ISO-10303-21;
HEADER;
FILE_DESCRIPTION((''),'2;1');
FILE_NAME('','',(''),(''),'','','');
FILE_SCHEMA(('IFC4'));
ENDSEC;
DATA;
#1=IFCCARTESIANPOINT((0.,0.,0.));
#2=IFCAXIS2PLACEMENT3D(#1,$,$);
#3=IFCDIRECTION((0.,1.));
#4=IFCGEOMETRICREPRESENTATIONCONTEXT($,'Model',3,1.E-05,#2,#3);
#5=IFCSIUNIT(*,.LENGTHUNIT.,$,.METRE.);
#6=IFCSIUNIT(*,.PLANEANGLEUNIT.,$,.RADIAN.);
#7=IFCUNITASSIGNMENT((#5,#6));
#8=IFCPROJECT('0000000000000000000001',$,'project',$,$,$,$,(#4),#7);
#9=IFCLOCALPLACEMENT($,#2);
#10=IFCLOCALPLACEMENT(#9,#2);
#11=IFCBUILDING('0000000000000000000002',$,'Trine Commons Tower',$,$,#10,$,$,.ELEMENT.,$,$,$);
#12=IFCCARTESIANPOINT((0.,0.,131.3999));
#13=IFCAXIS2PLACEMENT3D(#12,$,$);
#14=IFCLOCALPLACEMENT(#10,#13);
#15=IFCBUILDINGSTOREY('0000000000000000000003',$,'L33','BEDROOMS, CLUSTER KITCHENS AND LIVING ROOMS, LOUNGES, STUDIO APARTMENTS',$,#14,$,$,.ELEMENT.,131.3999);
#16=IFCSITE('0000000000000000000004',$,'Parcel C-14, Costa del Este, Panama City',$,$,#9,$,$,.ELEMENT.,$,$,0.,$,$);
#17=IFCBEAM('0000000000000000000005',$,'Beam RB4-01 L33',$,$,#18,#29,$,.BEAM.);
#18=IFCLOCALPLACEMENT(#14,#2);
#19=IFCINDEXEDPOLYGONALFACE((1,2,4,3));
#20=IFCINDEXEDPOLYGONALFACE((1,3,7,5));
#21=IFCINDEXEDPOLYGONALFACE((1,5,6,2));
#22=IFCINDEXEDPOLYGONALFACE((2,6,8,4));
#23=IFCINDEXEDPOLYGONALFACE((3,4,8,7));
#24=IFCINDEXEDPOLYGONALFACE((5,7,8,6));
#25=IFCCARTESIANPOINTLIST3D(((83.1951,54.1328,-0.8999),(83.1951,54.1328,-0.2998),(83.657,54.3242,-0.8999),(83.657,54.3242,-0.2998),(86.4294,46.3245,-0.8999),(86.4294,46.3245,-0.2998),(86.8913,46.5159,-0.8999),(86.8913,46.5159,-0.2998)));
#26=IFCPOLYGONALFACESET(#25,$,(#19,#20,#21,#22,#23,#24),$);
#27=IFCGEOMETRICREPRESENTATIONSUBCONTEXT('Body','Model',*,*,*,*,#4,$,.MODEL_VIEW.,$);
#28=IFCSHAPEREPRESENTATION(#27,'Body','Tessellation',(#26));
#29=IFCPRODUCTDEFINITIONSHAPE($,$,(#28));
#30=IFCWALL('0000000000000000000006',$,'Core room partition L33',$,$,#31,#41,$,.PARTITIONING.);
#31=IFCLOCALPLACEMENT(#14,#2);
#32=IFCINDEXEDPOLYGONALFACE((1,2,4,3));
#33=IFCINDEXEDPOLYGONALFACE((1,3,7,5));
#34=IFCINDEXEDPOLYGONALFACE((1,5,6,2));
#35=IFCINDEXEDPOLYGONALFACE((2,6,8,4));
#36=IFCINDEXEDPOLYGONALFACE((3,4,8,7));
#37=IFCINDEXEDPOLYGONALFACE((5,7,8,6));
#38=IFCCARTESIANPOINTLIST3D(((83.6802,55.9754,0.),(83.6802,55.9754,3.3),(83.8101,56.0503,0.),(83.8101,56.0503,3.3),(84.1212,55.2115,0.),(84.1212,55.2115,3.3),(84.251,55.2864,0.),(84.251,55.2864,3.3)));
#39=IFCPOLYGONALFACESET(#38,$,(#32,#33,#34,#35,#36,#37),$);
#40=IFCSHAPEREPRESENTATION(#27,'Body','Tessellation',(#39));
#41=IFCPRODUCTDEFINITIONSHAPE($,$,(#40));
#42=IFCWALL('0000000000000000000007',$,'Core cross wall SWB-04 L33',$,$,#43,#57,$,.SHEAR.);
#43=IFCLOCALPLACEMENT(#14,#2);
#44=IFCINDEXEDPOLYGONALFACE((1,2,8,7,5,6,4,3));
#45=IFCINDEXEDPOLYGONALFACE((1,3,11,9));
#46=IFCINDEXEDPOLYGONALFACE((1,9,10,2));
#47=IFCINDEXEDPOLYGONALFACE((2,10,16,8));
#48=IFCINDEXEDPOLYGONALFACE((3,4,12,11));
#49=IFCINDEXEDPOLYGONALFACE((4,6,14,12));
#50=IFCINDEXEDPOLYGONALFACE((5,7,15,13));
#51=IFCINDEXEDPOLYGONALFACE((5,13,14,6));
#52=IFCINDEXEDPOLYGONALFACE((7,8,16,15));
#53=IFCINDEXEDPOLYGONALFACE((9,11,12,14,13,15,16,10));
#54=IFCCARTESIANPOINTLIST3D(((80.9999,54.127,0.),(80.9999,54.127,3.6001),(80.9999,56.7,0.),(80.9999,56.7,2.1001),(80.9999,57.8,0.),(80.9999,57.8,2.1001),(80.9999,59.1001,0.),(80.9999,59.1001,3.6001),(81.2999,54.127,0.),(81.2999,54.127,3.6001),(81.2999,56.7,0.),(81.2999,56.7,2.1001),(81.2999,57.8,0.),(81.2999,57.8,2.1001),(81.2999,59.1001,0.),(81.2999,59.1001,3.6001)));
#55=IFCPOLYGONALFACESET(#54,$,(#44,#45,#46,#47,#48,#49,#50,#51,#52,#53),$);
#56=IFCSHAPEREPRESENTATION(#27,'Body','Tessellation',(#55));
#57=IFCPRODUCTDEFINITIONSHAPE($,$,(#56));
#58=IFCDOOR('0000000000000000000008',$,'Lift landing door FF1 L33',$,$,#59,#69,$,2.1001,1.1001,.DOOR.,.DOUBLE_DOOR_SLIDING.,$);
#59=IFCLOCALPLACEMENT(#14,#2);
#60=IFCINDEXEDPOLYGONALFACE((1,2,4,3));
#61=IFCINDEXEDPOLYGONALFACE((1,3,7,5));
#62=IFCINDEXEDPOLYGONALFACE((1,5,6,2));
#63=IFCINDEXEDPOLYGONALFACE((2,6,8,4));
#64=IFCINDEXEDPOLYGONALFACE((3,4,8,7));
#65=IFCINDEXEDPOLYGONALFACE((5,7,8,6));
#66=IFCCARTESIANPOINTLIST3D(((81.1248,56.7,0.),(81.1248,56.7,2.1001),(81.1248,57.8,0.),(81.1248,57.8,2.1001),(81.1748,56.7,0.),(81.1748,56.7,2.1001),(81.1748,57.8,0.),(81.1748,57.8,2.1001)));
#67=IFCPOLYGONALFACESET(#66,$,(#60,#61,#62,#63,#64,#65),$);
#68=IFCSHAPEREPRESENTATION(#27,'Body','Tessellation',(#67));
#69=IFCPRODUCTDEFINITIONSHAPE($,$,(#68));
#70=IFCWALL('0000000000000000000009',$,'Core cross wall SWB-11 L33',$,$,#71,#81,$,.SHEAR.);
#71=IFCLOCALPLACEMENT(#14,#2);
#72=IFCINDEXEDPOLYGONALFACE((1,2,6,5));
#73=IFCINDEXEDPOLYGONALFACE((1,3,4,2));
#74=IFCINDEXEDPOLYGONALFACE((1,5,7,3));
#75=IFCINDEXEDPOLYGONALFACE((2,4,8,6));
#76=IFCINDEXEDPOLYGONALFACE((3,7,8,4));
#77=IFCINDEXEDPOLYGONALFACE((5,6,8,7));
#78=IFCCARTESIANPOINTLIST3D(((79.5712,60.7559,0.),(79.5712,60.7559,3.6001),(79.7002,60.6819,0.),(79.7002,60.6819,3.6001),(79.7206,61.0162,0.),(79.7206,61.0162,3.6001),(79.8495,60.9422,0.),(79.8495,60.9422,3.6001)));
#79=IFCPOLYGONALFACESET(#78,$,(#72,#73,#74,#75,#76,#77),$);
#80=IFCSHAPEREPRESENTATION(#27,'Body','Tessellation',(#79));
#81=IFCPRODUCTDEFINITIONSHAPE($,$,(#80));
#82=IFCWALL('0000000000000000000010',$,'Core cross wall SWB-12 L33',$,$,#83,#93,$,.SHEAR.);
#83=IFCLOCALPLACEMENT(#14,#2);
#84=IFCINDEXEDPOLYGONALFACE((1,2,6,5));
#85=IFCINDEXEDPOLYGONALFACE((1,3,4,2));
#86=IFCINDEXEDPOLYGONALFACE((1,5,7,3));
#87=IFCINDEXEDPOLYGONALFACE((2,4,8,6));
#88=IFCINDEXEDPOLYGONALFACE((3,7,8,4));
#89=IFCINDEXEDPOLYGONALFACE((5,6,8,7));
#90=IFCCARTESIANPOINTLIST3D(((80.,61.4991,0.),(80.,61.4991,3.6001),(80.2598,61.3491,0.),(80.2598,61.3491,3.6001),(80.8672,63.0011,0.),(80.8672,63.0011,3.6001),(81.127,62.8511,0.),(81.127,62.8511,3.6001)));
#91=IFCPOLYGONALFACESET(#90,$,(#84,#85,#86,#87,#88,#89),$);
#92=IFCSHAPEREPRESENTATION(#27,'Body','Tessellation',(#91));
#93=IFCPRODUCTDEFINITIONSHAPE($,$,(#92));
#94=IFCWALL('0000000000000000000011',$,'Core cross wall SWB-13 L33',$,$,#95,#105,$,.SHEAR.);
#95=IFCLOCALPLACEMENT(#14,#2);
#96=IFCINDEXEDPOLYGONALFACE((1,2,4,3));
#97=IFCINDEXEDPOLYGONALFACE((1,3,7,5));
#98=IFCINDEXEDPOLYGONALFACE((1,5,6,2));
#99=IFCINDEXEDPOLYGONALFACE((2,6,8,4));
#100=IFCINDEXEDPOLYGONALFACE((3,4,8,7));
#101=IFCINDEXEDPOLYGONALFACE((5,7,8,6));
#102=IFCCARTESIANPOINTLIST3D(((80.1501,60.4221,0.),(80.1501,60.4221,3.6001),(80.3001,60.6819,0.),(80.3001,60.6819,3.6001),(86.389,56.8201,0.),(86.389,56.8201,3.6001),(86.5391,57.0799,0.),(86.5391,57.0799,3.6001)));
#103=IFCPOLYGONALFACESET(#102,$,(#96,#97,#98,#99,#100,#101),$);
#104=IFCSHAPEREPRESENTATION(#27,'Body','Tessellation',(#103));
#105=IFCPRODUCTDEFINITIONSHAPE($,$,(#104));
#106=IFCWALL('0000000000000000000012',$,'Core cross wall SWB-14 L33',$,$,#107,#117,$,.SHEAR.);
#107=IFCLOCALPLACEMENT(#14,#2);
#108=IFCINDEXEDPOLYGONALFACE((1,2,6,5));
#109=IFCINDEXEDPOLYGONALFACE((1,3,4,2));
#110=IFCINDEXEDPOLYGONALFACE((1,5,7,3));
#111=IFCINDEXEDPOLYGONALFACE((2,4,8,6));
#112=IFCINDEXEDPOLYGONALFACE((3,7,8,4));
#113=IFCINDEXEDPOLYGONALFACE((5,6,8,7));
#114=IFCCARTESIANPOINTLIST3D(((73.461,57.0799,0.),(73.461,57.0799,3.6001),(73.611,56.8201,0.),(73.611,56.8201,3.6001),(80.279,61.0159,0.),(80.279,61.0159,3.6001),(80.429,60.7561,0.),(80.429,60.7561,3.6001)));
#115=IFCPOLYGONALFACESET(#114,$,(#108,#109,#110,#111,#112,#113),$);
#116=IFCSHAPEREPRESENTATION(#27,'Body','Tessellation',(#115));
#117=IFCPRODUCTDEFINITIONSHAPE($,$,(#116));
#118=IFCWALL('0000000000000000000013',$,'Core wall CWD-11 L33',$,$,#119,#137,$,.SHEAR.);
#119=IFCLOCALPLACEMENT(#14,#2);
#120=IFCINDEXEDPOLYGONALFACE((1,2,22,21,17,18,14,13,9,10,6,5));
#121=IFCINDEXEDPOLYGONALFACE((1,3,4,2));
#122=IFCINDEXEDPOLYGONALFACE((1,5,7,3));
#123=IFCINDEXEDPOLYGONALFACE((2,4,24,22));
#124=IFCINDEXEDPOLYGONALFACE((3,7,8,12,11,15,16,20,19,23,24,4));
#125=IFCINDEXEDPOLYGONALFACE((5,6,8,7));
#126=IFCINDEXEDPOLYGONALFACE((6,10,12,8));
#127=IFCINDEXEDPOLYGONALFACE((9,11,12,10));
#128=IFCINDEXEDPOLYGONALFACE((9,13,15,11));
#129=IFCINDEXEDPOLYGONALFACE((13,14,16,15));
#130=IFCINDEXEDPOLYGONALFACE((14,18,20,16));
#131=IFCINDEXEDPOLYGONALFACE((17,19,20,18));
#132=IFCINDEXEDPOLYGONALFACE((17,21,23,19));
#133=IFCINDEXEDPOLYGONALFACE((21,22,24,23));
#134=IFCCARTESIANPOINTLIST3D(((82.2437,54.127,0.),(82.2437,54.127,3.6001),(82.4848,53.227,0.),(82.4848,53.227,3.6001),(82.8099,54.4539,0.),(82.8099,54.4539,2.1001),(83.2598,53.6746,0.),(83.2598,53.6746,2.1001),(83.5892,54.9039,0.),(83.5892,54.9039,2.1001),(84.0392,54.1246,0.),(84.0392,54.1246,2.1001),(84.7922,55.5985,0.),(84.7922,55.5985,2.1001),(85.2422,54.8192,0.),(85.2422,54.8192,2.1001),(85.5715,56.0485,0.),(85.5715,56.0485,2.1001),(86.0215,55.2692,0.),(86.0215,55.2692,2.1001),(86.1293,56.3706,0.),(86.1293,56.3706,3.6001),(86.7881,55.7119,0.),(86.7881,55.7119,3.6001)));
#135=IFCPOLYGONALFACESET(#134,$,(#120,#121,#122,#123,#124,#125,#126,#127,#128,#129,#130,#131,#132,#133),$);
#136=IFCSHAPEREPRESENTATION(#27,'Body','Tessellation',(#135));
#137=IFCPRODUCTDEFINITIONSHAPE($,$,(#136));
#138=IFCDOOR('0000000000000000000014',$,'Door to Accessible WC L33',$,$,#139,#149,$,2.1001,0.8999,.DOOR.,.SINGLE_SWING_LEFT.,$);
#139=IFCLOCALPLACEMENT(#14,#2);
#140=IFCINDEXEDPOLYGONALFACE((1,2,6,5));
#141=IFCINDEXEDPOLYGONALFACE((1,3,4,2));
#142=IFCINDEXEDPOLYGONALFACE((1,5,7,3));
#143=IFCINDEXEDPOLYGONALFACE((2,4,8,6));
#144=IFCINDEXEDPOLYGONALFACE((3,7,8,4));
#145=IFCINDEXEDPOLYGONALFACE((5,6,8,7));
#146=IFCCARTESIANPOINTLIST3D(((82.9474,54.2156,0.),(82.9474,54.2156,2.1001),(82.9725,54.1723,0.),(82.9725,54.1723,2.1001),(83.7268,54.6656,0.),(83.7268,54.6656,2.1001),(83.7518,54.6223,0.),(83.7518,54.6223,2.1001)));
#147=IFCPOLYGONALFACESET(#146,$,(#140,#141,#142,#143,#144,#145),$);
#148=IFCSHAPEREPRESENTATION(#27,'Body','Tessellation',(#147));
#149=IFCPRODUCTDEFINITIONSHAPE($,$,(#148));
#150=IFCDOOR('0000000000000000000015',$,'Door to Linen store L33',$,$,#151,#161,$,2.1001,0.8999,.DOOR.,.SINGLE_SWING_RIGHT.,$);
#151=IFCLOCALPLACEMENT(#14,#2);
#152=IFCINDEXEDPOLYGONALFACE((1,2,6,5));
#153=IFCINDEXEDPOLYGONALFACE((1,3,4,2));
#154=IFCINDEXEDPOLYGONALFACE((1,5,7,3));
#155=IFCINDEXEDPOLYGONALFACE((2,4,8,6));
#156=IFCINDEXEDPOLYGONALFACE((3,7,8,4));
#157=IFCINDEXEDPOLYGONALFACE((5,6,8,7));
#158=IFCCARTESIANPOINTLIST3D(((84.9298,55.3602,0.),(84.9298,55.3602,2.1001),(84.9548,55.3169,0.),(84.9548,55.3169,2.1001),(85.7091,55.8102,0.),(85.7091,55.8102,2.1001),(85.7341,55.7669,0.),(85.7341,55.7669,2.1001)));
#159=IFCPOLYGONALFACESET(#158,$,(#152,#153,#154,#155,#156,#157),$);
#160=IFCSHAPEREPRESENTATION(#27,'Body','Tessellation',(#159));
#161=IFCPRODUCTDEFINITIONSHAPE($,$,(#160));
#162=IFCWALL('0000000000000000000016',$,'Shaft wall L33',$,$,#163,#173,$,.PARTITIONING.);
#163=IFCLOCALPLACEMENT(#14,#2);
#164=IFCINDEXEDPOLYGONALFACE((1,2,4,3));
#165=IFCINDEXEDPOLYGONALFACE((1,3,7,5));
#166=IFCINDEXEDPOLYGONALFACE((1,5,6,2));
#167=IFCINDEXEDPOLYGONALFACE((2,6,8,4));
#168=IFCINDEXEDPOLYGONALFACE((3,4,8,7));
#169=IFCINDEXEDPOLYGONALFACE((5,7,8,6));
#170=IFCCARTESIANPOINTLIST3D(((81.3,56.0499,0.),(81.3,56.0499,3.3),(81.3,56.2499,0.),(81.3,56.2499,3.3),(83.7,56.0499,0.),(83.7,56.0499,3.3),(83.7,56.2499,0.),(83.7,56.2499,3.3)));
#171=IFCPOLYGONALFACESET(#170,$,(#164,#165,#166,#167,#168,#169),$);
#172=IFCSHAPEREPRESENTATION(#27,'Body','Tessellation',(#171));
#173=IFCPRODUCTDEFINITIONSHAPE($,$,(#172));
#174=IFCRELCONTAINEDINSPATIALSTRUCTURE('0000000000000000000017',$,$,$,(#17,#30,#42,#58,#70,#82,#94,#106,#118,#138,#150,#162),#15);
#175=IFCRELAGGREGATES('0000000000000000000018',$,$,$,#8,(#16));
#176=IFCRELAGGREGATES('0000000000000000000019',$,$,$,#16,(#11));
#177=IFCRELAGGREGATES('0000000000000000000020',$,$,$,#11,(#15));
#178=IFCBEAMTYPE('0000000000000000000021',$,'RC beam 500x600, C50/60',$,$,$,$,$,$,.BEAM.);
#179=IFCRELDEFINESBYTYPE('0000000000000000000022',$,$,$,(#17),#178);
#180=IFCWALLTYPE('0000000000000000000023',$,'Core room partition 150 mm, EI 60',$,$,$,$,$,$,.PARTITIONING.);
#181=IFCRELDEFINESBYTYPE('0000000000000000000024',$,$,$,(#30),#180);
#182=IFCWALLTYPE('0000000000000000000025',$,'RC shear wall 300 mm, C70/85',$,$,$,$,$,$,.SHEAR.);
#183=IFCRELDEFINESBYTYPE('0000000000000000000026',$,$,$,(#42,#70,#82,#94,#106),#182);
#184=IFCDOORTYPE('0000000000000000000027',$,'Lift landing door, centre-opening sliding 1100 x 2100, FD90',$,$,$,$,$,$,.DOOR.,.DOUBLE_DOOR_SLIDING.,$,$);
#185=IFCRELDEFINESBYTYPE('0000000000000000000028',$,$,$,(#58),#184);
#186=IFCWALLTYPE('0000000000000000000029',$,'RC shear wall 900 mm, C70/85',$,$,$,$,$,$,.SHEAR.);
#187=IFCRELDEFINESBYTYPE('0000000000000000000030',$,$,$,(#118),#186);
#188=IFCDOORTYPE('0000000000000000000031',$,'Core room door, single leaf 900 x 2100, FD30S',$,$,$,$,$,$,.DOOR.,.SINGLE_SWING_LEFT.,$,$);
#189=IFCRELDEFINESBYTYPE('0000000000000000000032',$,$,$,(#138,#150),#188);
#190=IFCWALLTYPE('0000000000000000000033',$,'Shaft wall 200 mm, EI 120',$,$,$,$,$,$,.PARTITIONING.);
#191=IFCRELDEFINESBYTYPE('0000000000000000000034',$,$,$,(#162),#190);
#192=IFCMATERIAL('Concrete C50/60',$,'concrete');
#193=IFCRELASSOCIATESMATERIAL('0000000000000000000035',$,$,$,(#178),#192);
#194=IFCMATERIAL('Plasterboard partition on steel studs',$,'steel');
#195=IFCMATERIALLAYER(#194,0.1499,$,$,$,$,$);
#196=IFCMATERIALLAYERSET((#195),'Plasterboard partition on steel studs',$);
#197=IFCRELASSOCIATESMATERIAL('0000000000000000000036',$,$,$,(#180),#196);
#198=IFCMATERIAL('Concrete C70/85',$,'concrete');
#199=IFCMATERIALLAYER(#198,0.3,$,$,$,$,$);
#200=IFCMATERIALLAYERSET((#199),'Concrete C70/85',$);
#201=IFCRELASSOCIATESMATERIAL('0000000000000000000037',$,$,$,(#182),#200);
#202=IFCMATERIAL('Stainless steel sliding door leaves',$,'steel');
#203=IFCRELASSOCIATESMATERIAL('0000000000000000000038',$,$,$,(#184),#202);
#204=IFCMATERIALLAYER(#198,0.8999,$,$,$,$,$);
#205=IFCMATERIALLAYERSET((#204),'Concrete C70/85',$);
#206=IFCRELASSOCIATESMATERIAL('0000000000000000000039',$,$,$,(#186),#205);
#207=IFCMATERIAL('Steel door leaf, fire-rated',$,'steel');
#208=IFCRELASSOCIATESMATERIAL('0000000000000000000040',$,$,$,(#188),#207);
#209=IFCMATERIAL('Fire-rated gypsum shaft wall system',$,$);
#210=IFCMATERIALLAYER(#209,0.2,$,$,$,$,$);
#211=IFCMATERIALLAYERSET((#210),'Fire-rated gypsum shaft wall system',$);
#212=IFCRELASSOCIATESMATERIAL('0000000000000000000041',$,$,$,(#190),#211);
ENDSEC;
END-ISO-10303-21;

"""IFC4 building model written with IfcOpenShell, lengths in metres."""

from ifc_helpers import new_model, si_unit, direction, frame, frame_2d, origin, origin_2d, place, context, subcontext, project, spatial, polyline, rectangle, outline, extrude, material, layer, layer_set, material_profile, profile_set, type_object, element, fill, save


model = new_model("IFC4")

# Units and contexts
model_context = context("Model", 3, precision=1e-05, world=origin(), true_north=direction((0.0, 1.0)))
body_context = subcontext(model_context, "Body", "Model", "MODEL_VIEW")
ifc_project = project(units=[si_unit("LENGTHUNIT", "METRE"), si_unit("PLANEANGLEUNIT", "RADIAN")], contexts=[model_context])

# Site, building, storey
site_placement = place(None, origin())
site = spatial("IfcSite", under=ifc_project, at=site_placement, Name="Parcel C-14, Costa del Este, Panama City", CompositionType="ELEMENT", RefElevation=0.0)
building_placement = place(site_placement, origin())
building = spatial("IfcBuilding", under=site, at=building_placement, Name="Trine Commons Tower", CompositionType="ELEMENT")
storey_placement = place(building_placement, frame((0.0, 0.0, 131.3999)))
storey = spatial("IfcBuildingStorey", under=building, at=storey_placement, Name="L33", Description="BEDROOMS, CLUSTER KITCHENS AND LIVING ROOMS, LOUNGES, STUDIO APARTMENTS", CompositionType="ELEMENT", Elevation=131.3999)

# Beam
ifc_material_1 = material(Name="Concrete C50/60", Category="concrete")
ifc_material_profile = material_profile(ifc_material_1, rectangle(XDim=0.5, YDim=0.6001, at=origin_2d()), Name="RC 500x600")
ifc_profile_set = profile_set([ifc_material_profile], Name="Concrete C50/60")
beam_type = type_object("IfcBeamType", Name="RC beam 500x600, C50/60", PredefinedType="BEAM", material=ifc_profile_set)
beam_placement = place(storey_placement, frame((83.426, 54.2285, -0.5999), z_axis=(0.382689, -0.923877, 0.0), x_axis=(0.923877, 0.382689, 0.0)))
element("IfcBeam", 1, at=beam_placement, inside=storey, type_object=beam_type, Name="Beam RB4-01 L33", PredefinedType="BEAM", context=body_context, shape_type="SweptSolid", body=[
    extrude(rectangle(XDim=0.5, YDim=0.6001, at=origin_2d()), origin(), (0.0, 0.0, 1.0), 8.4517),
])

# Wall
ifc_material_2 = material(Name="Plasterboard partition on steel studs", Category="steel")
ifc_layer_1 = layer(ifc_material_2, 0.1499)
ifc_layer_set_1 = layer_set([ifc_layer_1], Name="Plasterboard partition on steel studs")
wall_type_1 = type_object("IfcWallType", Name="Core room partition 150 mm, EI 60", PredefinedType="PARTITIONING", material=ifc_layer_set_1)
wall_1_placement = place(storey_placement, frame((84.186, 55.249, 0.0), z_axis=(0.0, 0.0, 1.0), x_axis=(-0.49989, 0.866089, 0.0)))
element("IfcWall", 2, at=wall_1_placement, inside=storey, type_object=wall_type_1, Name="Core room partition L33", PredefinedType="PARTITIONING", context=body_context, shape_type="SweptSolid", body=[
    extrude(rectangle(XDim=0.8821, YDim=0.1499, at=frame_2d((0.4409, 0.0))), origin(), (0.0, 0.0, 1.0), 3.3),
])

# Wall, opening, door
ifc_material_3 = material(Name="Concrete C70/85", Category="concrete")
ifc_layer_2 = layer(ifc_material_3, 0.3)
ifc_layer_set_2 = layer_set([ifc_layer_2], Name="Concrete C70/85")
wall_type_2 = type_object("IfcWallType", Name="RC shear wall 300 mm, C70/85", PredefinedType="SHEAR", material=ifc_layer_set_2)
wall_2_placement = place(storey_placement, frame((81.1499, 59.1001, 0.0), z_axis=(0.0, 0.0, 1.0), x_axis=(0.0, -1.0, 0.0)))
wall_2 = element("IfcWall", 3, at=wall_2_placement, inside=storey, type_object=wall_type_2, Name="Core cross wall SWB-04 L33", PredefinedType="SHEAR", context=body_context, shape_type="SweptSolid", body=[
    extrude(rectangle(XDim=4.9731, YDim=0.3, at=frame_2d((2.4866, 0.0))), origin(), (0.0, 0.0, 1.0), 3.6001),
])
opening_1_placement = place(wall_2_placement, frame((1.3, 0.0, 0.0)))
opening_1 = element("IfcOpeningElement", 4, at=opening_1_placement, cuts=wall_2, PredefinedType="OPENING", context=body_context, shape_type="SweptSolid", body=[
    extrude(rectangle(XDim=1.1001, YDim=2.1001, at=frame_2d((0.55, 1.05))), frame((0.0, 0.1599, 0.0), z_axis=(0.0, -1.0, 0.0), x_axis=(1.0, 0.0, 0.0)), (0.0, 0.0, 1.0), 0.3201),
])
ifc_material_4 = material(Name="Stainless steel sliding door leaves", Category="steel")
door_type_1 = type_object("IfcDoorType", Name="Lift landing door, centre-opening sliding 1100 x 2100, FD90", OperationType="DOUBLE_DOOR_SLIDING", PredefinedType="DOOR", material=ifc_material_4)
door_1_placement = place(opening_1_placement, origin())
door_1 = element("IfcDoor", 5, at=door_1_placement, inside=storey, type_object=door_type_1, Name="Lift landing door FF1 L33", OperationType="DOUBLE_DOOR_SLIDING", OverallHeight=2.1001, OverallWidth=1.1001, PredefinedType="DOOR", context=body_context, shape_type="SweptSolid", body=[
    extrude(rectangle(XDim=1.1001, YDim=2.1001, at=frame_2d((0.55, 1.05))), frame((0.0, 0.0249, 0.0), z_axis=(0.0, -1.0, 0.0), x_axis=(1.0, 0.0, 0.0)), (0.0, 0.0, 1.0), 0.05),
])
fill(opening_1, door_1)

# Walls
wall_3_placement = place(storey_placement, frame((79.646, 60.886, 0.0), z_axis=(0.0, 0.0, 1.0), x_axis=(0.867332, -0.49773, 0.0)))
element("IfcWall", 6, at=wall_3_placement, inside=storey, type_object=wall_type_2, Name="Core cross wall SWB-11 L33", PredefinedType="SHEAR", context=body_context, shape_type="SweptSolid", body=[
    extrude(rectangle(XDim=0.1487, YDim=0.3, at=frame_2d((0.0742, 0.0))), origin(), (0.0, 0.0, 1.0), 3.6001),
])
wall_4_placement = place(storey_placement, frame((80.1299, 61.4241, 0.0), z_axis=(0.0, 0.0, 1.0), x_axis=(0.500015, 0.866017, 0.0)))
element("IfcWall", 7, at=wall_4_placement, inside=storey, type_object=wall_type_2, Name="Core cross wall SWB-12 L33", PredefinedType="SHEAR", context=body_context, shape_type="SweptSolid", body=[
    extrude(rectangle(XDim=1.7344, YDim=0.3, at=frame_2d((0.8672, 0.0))), origin(), (0.0, 0.0, 1.0), 3.6001),
])
wall_5_placement = place(storey_placement, frame((80.2251, 60.552, 0.0), z_axis=(0.0, 0.0, 1.0), x_axis=(0.866028, -0.499995, 0.0)))
element("IfcWall", 8, at=wall_5_placement, inside=storey, type_object=wall_type_2, Name="Core cross wall SWB-13 L33", PredefinedType="SHEAR", context=body_context, shape_type="SweptSolid", body=[
    extrude(rectangle(XDim=7.2041, YDim=0.3, at=frame_2d((3.6021, 0.0))), origin(), (0.0, 0.0, 1.0), 3.6001),
])
wall_6_placement = place(storey_placement, frame((80.354, 60.886, 0.0), z_axis=(0.0, 0.0, 1.0), x_axis=(-0.866048, -0.499961, 0.0)))
element("IfcWall", 9, at=wall_6_placement, inside=storey, type_object=wall_type_2, Name="Core cross wall SWB-14 L33", PredefinedType="SHEAR", context=body_context, shape_type="SweptSolid", body=[
    extrude(rectangle(XDim=7.8726, YDim=0.3, at=frame_2d((3.9363, 0.0))), origin(), (0.0, 0.0, 1.0), 3.6001),
])

# Wall, openings, doors
ifc_layer_3 = layer(ifc_material_3, 0.8999)
ifc_layer_set_3 = layer_set([ifc_layer_3], Name="Concrete C70/85")
wall_type_3 = type_object("IfcWallType", Name="RC shear wall 900 mm, C70/85", PredefinedType="SHEAR", material=ifc_layer_set_3)
wall_7_placement = place(storey_placement, frame((82.2598, 53.6167, 0.0), z_axis=(0.0, 0.0, 1.0), x_axis=(0.866003, 0.500039, 0.0)))
wall_7 = element("IfcWall", 10, at=wall_7_placement, inside=storey, type_object=wall_type_3, Name="Core wall CWD-11 L33", PredefinedType="SHEAR", context=body_context, shape_type="SweptSolid", body=[
    extrude(outline(polyline([(0.0, -0.45), (4.9692, -0.45), (4.728, 0.45), (0.2412, 0.45), (0.0, -0.45)])), origin(), (0.0, 0.0, 1.0), 3.6001),
])
opening_2_placement = place(wall_7_placement, frame((0.895, 0.0, 0.0)))
opening_2 = element("IfcOpeningElement", 11, at=opening_2_placement, cuts=wall_7, PredefinedType="OPENING", context=body_context, shape_type="SweptSolid", body=[
    extrude(rectangle(XDim=0.8999, YDim=2.1001, at=frame_2d((0.45, 1.05))), frame((0.0, 0.46, 0.0), z_axis=(0.0, -1.0, 0.0), x_axis=(1.0, 0.0, 0.0)), (0.0, 0.0, 1.0), 0.9199),
])
opening_3_placement = place(wall_7_placement, frame((3.1841, 0.0, 0.0)))
opening_3 = element("IfcOpeningElement", 12, at=opening_3_placement, cuts=wall_7, PredefinedType="OPENING", context=body_context, shape_type="SweptSolid", body=[
    extrude(rectangle(XDim=0.8999, YDim=2.1001, at=frame_2d((0.45, 1.05))), frame((0.0, 0.46, 0.0), z_axis=(0.0, -1.0, 0.0), x_axis=(1.0, 0.0, 0.0)), (0.0, 0.0, 1.0), 0.9199),
])
ifc_material_5 = material(Name="Steel door leaf, fire-rated", Category="steel")
door_type_2 = type_object("IfcDoorType", Name="Core room door, single leaf 900 x 2100, FD30S", OperationType="SINGLE_SWING_LEFT", PredefinedType="DOOR", material=ifc_material_5)
door_2_placement = place(opening_2_placement, origin())
door_2 = element("IfcDoor", 13, at=door_2_placement, inside=storey, type_object=door_type_2, Name="Door to Accessible WC L33", OperationType="SINGLE_SWING_LEFT", OverallHeight=2.1001, OverallWidth=0.8999, PredefinedType="DOOR", context=body_context, shape_type="SweptSolid", body=[
    extrude(rectangle(XDim=0.8999, YDim=2.1001, at=frame_2d((0.45, 1.05))), frame((0.0, 0.1748, 0.0), z_axis=(0.0, -1.0, 0.0), x_axis=(1.0, 0.0, 0.0)), (0.0, 0.0, 1.0), 0.05),
])
fill(opening_2, door_2)
door_3_placement = place(opening_3_placement, origin())
door_3 = element("IfcDoor", 14, at=door_3_placement, inside=storey, type_object=door_type_2, Name="Door to Linen store L33", OperationType="SINGLE_SWING_RIGHT", OverallHeight=2.1001, OverallWidth=0.8999, PredefinedType="DOOR", context=body_context, shape_type="SweptSolid", body=[
    extrude(rectangle(XDim=0.8999, YDim=2.1001, at=frame_2d((0.45, 1.05))), frame((0.0, 0.1748, 0.0), z_axis=(0.0, -1.0, 0.0), x_axis=(1.0, 0.0, 0.0)), (0.0, 0.0, 1.0), 0.05),
])
fill(opening_3, door_3)

# Wall
ifc_material_6 = material(Name="Fire-rated gypsum shaft wall system")
ifc_layer_4 = layer(ifc_material_6, 0.2)
ifc_layer_set_4 = layer_set([ifc_layer_4], Name="Fire-rated gypsum shaft wall system")
wall_type_4 = type_object("IfcWallType", Name="Shaft wall 200 mm, EI 120", PredefinedType="PARTITIONING", material=ifc_layer_set_4)
wall_8_placement = place(storey_placement, frame((81.3, 56.1499, 0.0), z_axis=(0.0, 0.0, 1.0), x_axis=(1.0, 0.0, 0.0)))
element("IfcWall", 15, at=wall_8_placement, inside=storey, type_object=wall_type_4, Name="Shaft wall L33", PredefinedType="PARTITIONING", context=body_context, shape_type="SweptSolid", body=[
    extrude(rectangle(XDim=2.3999, YDim=0.2, at=frame_2d((1.2, 0.0))), origin(), (0.0, 0.0, 1.0), 3.3),
])

save(model, "model.ifc")
